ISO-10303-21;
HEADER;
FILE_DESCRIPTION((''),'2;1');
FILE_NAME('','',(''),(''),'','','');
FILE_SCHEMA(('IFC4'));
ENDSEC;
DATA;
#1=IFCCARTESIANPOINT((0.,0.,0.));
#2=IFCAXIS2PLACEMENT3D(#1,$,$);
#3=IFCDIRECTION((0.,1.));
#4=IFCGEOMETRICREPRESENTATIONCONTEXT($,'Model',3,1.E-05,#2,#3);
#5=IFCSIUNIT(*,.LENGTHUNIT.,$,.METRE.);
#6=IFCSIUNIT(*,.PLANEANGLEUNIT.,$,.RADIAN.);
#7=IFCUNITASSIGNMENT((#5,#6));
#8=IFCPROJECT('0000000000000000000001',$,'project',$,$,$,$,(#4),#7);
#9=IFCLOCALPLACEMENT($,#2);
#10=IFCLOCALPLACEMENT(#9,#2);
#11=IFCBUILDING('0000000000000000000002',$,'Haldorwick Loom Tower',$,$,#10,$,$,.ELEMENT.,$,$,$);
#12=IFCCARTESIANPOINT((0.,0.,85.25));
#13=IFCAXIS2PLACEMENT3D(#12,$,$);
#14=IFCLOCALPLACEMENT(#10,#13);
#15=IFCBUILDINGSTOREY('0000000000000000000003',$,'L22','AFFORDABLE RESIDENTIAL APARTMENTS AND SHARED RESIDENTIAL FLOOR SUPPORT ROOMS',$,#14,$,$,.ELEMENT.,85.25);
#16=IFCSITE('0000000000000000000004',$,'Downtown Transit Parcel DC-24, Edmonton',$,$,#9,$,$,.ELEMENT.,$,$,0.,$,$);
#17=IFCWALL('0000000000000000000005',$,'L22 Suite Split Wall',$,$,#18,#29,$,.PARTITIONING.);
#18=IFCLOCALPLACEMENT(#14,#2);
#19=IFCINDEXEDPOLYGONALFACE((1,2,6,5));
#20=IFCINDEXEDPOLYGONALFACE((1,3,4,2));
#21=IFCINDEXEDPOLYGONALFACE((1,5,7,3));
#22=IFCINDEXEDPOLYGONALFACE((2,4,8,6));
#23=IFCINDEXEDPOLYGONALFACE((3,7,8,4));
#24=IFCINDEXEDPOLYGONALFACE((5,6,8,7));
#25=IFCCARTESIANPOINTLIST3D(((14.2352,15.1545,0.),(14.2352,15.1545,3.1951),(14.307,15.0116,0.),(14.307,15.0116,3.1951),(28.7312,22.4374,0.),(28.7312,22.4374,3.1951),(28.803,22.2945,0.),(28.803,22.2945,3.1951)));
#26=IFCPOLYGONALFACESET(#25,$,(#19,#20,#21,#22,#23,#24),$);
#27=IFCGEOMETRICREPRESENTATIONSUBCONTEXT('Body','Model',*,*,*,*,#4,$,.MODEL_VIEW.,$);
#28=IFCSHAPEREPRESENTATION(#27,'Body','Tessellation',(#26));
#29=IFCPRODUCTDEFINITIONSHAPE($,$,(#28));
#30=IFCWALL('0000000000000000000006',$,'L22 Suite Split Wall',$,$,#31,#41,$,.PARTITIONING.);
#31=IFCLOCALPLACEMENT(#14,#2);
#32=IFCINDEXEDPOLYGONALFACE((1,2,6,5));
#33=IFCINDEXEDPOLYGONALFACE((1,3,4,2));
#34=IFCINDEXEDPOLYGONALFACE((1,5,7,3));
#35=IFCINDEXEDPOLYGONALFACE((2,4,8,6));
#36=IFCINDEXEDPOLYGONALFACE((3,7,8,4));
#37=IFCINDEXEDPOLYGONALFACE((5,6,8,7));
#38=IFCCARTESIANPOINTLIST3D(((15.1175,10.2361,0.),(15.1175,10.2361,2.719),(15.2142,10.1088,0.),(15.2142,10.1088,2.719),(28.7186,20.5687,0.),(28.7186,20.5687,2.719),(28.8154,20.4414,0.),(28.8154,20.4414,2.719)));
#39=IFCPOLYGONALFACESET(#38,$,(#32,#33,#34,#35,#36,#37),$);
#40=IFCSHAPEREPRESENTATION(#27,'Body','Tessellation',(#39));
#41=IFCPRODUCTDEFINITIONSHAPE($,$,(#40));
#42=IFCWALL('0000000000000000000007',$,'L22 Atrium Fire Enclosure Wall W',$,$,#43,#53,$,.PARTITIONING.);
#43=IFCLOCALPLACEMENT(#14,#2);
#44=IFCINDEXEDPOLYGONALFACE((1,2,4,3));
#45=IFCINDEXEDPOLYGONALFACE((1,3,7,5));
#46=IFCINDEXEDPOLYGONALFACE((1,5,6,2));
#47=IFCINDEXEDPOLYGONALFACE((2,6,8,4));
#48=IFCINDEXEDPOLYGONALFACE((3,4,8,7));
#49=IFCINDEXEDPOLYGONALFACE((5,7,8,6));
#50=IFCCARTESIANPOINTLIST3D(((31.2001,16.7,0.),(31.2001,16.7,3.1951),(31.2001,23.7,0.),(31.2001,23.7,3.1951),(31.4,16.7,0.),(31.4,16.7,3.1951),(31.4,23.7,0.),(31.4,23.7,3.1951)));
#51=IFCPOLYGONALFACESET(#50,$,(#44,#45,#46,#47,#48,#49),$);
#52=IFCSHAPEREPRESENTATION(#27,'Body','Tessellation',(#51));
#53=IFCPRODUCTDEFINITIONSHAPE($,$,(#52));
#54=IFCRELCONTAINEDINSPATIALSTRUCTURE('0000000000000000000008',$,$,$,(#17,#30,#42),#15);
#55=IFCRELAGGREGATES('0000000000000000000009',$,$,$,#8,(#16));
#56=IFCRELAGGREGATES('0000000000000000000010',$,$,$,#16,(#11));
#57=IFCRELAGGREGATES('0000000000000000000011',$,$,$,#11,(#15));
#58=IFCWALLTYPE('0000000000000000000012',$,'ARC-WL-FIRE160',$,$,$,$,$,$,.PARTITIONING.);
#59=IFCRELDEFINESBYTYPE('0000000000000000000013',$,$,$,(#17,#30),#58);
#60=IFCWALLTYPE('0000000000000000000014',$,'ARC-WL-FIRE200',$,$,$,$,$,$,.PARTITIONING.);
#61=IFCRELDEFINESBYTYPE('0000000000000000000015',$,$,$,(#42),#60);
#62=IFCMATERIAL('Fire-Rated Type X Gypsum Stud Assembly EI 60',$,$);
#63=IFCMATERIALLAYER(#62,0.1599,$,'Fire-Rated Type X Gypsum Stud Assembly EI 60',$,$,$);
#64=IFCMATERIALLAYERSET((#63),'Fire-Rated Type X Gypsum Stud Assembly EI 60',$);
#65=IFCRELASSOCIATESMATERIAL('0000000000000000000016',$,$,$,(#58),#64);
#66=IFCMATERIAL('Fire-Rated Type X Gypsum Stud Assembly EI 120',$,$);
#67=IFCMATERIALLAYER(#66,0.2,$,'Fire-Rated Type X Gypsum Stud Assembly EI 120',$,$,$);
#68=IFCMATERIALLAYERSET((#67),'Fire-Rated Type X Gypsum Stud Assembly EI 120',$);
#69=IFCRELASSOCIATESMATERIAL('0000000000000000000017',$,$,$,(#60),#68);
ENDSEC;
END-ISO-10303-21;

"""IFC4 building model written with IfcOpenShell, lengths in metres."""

from ifc_helpers import new_model, si_unit, direction, frame, frame_2d, origin, place, context, subcontext, project, spatial, rectangle, extrude, material, layer, layer_set, type_object, element, save


model = new_model("IFC4")

# Units and contexts
model_context = context("Model", 3, precision=1e-05, world=origin(), true_north=direction((0.0, 1.0)))
body_context = subcontext(model_context, "Body", "Model", "MODEL_VIEW")
ifc_project = project(units=[si_unit("LENGTHUNIT", "METRE"), si_unit("PLANEANGLEUNIT", "RADIAN")], contexts=[model_context])

# Site, building, storey
site_placement = place(None, origin())
site = spatial("IfcSite", under=ifc_project, at=site_placement, Name="Downtown Transit Parcel DC-24, Edmonton", CompositionType="ELEMENT", RefElevation=0.0)
building_placement = place(site_placement, origin())
building = spatial("IfcBuilding", under=site, at=building_placement, Name="Haldorwick Loom Tower", CompositionType="ELEMENT")
storey_placement = place(building_placement, frame((0.0, 0.0, 85.25)))
storey = spatial("IfcBuildingStorey", under=building, at=storey_placement, Name="L22", Description="AFFORDABLE RESIDENTIAL APARTMENTS AND SHARED RESIDENTIAL FLOOR SUPPORT ROOMS", CompositionType="ELEMENT", Elevation=85.25)

# Shared definitions
ifc_material_1 = material(Name="Fire-Rated Type X Gypsum Stud Assembly EI 60")
ifc_layer_1 = layer(ifc_material_1, 0.1599, Name="Fire-Rated Type X Gypsum Stud Assembly EI 60")
ifc_layer_set_1 = layer_set([ifc_layer_1], Name="Fire-Rated Type X Gypsum Stud Assembly EI 60")
wall_type_1 = type_object("IfcWallType", Name="ARC-WL-FIRE160", PredefinedType="PARTITIONING", material=ifc_layer_set_1)

# Walls
wall_1_placement = place(storey_placement, frame((28.7671, 22.366, 0.0), z_axis=(0.0, 0.0, 1.0), x_axis=(-0.893565, -0.448934, 0.0)))
element("IfcWall", 1, at=wall_1_placement, inside=storey, type_object=wall_type_1, Name="L22 Suite Split Wall", PredefinedType="PARTITIONING", context=body_context, shape_type="SweptSolid", body=[
    extrude(rectangle(XDim=16.2227, YDim=0.1599, at=frame_2d((8.1113, 0.0))), origin(), (0.0, 0.0, 1.0), 3.1951),
])
wall_2_placement = place(storey_placement, frame((28.7671, 20.5051, 0.0), z_axis=(0.0, 0.0, 1.0), x_axis=(-0.796283, -0.604924, 0.0)))
element("IfcWall", 2, at=wall_2_placement, inside=storey, type_object=wall_type_1, Name="L22 Suite Split Wall", PredefinedType="PARTITIONING", context=body_context, shape_type="SweptSolid", body=[
    extrude(rectangle(XDim=17.0808, YDim=0.1599, at=frame_2d((8.5405, 0.0))), origin(), (0.0, 0.0, 1.0), 2.719),
])
ifc_material_2 = material(Name="Fire-Rated Type X Gypsum Stud Assembly EI 120")
ifc_layer_2 = layer(ifc_material_2, 0.2, Name="Fire-Rated Type X Gypsum Stud Assembly EI 120")
ifc_layer_set_2 = layer_set([ifc_layer_2], Name="Fire-Rated Type X Gypsum Stud Assembly EI 120")
wall_type_2 = type_object("IfcWallType", Name="ARC-WL-FIRE200", PredefinedType="PARTITIONING", material=ifc_layer_set_2)
wall_3_placement = place(storey_placement, frame((31.3, 16.7, 0.0), z_axis=(0.0, 0.0, 1.0), x_axis=(0.0, 1.0, 0.0)))
element("IfcWall", 3, at=wall_3_placement, inside=storey, type_object=wall_type_2, Name="L22 Atrium Fire Enclosure Wall W", PredefinedType="PARTITIONING", context=body_context, shape_type="SweptSolid", body=[
    extrude(rectangle(XDim=7.0, YDim=0.2, at=frame_2d((3.5, 0.0))), origin(), (0.0, 0.0, 1.0), 3.1951),
])

save(model, "model.ifc")
